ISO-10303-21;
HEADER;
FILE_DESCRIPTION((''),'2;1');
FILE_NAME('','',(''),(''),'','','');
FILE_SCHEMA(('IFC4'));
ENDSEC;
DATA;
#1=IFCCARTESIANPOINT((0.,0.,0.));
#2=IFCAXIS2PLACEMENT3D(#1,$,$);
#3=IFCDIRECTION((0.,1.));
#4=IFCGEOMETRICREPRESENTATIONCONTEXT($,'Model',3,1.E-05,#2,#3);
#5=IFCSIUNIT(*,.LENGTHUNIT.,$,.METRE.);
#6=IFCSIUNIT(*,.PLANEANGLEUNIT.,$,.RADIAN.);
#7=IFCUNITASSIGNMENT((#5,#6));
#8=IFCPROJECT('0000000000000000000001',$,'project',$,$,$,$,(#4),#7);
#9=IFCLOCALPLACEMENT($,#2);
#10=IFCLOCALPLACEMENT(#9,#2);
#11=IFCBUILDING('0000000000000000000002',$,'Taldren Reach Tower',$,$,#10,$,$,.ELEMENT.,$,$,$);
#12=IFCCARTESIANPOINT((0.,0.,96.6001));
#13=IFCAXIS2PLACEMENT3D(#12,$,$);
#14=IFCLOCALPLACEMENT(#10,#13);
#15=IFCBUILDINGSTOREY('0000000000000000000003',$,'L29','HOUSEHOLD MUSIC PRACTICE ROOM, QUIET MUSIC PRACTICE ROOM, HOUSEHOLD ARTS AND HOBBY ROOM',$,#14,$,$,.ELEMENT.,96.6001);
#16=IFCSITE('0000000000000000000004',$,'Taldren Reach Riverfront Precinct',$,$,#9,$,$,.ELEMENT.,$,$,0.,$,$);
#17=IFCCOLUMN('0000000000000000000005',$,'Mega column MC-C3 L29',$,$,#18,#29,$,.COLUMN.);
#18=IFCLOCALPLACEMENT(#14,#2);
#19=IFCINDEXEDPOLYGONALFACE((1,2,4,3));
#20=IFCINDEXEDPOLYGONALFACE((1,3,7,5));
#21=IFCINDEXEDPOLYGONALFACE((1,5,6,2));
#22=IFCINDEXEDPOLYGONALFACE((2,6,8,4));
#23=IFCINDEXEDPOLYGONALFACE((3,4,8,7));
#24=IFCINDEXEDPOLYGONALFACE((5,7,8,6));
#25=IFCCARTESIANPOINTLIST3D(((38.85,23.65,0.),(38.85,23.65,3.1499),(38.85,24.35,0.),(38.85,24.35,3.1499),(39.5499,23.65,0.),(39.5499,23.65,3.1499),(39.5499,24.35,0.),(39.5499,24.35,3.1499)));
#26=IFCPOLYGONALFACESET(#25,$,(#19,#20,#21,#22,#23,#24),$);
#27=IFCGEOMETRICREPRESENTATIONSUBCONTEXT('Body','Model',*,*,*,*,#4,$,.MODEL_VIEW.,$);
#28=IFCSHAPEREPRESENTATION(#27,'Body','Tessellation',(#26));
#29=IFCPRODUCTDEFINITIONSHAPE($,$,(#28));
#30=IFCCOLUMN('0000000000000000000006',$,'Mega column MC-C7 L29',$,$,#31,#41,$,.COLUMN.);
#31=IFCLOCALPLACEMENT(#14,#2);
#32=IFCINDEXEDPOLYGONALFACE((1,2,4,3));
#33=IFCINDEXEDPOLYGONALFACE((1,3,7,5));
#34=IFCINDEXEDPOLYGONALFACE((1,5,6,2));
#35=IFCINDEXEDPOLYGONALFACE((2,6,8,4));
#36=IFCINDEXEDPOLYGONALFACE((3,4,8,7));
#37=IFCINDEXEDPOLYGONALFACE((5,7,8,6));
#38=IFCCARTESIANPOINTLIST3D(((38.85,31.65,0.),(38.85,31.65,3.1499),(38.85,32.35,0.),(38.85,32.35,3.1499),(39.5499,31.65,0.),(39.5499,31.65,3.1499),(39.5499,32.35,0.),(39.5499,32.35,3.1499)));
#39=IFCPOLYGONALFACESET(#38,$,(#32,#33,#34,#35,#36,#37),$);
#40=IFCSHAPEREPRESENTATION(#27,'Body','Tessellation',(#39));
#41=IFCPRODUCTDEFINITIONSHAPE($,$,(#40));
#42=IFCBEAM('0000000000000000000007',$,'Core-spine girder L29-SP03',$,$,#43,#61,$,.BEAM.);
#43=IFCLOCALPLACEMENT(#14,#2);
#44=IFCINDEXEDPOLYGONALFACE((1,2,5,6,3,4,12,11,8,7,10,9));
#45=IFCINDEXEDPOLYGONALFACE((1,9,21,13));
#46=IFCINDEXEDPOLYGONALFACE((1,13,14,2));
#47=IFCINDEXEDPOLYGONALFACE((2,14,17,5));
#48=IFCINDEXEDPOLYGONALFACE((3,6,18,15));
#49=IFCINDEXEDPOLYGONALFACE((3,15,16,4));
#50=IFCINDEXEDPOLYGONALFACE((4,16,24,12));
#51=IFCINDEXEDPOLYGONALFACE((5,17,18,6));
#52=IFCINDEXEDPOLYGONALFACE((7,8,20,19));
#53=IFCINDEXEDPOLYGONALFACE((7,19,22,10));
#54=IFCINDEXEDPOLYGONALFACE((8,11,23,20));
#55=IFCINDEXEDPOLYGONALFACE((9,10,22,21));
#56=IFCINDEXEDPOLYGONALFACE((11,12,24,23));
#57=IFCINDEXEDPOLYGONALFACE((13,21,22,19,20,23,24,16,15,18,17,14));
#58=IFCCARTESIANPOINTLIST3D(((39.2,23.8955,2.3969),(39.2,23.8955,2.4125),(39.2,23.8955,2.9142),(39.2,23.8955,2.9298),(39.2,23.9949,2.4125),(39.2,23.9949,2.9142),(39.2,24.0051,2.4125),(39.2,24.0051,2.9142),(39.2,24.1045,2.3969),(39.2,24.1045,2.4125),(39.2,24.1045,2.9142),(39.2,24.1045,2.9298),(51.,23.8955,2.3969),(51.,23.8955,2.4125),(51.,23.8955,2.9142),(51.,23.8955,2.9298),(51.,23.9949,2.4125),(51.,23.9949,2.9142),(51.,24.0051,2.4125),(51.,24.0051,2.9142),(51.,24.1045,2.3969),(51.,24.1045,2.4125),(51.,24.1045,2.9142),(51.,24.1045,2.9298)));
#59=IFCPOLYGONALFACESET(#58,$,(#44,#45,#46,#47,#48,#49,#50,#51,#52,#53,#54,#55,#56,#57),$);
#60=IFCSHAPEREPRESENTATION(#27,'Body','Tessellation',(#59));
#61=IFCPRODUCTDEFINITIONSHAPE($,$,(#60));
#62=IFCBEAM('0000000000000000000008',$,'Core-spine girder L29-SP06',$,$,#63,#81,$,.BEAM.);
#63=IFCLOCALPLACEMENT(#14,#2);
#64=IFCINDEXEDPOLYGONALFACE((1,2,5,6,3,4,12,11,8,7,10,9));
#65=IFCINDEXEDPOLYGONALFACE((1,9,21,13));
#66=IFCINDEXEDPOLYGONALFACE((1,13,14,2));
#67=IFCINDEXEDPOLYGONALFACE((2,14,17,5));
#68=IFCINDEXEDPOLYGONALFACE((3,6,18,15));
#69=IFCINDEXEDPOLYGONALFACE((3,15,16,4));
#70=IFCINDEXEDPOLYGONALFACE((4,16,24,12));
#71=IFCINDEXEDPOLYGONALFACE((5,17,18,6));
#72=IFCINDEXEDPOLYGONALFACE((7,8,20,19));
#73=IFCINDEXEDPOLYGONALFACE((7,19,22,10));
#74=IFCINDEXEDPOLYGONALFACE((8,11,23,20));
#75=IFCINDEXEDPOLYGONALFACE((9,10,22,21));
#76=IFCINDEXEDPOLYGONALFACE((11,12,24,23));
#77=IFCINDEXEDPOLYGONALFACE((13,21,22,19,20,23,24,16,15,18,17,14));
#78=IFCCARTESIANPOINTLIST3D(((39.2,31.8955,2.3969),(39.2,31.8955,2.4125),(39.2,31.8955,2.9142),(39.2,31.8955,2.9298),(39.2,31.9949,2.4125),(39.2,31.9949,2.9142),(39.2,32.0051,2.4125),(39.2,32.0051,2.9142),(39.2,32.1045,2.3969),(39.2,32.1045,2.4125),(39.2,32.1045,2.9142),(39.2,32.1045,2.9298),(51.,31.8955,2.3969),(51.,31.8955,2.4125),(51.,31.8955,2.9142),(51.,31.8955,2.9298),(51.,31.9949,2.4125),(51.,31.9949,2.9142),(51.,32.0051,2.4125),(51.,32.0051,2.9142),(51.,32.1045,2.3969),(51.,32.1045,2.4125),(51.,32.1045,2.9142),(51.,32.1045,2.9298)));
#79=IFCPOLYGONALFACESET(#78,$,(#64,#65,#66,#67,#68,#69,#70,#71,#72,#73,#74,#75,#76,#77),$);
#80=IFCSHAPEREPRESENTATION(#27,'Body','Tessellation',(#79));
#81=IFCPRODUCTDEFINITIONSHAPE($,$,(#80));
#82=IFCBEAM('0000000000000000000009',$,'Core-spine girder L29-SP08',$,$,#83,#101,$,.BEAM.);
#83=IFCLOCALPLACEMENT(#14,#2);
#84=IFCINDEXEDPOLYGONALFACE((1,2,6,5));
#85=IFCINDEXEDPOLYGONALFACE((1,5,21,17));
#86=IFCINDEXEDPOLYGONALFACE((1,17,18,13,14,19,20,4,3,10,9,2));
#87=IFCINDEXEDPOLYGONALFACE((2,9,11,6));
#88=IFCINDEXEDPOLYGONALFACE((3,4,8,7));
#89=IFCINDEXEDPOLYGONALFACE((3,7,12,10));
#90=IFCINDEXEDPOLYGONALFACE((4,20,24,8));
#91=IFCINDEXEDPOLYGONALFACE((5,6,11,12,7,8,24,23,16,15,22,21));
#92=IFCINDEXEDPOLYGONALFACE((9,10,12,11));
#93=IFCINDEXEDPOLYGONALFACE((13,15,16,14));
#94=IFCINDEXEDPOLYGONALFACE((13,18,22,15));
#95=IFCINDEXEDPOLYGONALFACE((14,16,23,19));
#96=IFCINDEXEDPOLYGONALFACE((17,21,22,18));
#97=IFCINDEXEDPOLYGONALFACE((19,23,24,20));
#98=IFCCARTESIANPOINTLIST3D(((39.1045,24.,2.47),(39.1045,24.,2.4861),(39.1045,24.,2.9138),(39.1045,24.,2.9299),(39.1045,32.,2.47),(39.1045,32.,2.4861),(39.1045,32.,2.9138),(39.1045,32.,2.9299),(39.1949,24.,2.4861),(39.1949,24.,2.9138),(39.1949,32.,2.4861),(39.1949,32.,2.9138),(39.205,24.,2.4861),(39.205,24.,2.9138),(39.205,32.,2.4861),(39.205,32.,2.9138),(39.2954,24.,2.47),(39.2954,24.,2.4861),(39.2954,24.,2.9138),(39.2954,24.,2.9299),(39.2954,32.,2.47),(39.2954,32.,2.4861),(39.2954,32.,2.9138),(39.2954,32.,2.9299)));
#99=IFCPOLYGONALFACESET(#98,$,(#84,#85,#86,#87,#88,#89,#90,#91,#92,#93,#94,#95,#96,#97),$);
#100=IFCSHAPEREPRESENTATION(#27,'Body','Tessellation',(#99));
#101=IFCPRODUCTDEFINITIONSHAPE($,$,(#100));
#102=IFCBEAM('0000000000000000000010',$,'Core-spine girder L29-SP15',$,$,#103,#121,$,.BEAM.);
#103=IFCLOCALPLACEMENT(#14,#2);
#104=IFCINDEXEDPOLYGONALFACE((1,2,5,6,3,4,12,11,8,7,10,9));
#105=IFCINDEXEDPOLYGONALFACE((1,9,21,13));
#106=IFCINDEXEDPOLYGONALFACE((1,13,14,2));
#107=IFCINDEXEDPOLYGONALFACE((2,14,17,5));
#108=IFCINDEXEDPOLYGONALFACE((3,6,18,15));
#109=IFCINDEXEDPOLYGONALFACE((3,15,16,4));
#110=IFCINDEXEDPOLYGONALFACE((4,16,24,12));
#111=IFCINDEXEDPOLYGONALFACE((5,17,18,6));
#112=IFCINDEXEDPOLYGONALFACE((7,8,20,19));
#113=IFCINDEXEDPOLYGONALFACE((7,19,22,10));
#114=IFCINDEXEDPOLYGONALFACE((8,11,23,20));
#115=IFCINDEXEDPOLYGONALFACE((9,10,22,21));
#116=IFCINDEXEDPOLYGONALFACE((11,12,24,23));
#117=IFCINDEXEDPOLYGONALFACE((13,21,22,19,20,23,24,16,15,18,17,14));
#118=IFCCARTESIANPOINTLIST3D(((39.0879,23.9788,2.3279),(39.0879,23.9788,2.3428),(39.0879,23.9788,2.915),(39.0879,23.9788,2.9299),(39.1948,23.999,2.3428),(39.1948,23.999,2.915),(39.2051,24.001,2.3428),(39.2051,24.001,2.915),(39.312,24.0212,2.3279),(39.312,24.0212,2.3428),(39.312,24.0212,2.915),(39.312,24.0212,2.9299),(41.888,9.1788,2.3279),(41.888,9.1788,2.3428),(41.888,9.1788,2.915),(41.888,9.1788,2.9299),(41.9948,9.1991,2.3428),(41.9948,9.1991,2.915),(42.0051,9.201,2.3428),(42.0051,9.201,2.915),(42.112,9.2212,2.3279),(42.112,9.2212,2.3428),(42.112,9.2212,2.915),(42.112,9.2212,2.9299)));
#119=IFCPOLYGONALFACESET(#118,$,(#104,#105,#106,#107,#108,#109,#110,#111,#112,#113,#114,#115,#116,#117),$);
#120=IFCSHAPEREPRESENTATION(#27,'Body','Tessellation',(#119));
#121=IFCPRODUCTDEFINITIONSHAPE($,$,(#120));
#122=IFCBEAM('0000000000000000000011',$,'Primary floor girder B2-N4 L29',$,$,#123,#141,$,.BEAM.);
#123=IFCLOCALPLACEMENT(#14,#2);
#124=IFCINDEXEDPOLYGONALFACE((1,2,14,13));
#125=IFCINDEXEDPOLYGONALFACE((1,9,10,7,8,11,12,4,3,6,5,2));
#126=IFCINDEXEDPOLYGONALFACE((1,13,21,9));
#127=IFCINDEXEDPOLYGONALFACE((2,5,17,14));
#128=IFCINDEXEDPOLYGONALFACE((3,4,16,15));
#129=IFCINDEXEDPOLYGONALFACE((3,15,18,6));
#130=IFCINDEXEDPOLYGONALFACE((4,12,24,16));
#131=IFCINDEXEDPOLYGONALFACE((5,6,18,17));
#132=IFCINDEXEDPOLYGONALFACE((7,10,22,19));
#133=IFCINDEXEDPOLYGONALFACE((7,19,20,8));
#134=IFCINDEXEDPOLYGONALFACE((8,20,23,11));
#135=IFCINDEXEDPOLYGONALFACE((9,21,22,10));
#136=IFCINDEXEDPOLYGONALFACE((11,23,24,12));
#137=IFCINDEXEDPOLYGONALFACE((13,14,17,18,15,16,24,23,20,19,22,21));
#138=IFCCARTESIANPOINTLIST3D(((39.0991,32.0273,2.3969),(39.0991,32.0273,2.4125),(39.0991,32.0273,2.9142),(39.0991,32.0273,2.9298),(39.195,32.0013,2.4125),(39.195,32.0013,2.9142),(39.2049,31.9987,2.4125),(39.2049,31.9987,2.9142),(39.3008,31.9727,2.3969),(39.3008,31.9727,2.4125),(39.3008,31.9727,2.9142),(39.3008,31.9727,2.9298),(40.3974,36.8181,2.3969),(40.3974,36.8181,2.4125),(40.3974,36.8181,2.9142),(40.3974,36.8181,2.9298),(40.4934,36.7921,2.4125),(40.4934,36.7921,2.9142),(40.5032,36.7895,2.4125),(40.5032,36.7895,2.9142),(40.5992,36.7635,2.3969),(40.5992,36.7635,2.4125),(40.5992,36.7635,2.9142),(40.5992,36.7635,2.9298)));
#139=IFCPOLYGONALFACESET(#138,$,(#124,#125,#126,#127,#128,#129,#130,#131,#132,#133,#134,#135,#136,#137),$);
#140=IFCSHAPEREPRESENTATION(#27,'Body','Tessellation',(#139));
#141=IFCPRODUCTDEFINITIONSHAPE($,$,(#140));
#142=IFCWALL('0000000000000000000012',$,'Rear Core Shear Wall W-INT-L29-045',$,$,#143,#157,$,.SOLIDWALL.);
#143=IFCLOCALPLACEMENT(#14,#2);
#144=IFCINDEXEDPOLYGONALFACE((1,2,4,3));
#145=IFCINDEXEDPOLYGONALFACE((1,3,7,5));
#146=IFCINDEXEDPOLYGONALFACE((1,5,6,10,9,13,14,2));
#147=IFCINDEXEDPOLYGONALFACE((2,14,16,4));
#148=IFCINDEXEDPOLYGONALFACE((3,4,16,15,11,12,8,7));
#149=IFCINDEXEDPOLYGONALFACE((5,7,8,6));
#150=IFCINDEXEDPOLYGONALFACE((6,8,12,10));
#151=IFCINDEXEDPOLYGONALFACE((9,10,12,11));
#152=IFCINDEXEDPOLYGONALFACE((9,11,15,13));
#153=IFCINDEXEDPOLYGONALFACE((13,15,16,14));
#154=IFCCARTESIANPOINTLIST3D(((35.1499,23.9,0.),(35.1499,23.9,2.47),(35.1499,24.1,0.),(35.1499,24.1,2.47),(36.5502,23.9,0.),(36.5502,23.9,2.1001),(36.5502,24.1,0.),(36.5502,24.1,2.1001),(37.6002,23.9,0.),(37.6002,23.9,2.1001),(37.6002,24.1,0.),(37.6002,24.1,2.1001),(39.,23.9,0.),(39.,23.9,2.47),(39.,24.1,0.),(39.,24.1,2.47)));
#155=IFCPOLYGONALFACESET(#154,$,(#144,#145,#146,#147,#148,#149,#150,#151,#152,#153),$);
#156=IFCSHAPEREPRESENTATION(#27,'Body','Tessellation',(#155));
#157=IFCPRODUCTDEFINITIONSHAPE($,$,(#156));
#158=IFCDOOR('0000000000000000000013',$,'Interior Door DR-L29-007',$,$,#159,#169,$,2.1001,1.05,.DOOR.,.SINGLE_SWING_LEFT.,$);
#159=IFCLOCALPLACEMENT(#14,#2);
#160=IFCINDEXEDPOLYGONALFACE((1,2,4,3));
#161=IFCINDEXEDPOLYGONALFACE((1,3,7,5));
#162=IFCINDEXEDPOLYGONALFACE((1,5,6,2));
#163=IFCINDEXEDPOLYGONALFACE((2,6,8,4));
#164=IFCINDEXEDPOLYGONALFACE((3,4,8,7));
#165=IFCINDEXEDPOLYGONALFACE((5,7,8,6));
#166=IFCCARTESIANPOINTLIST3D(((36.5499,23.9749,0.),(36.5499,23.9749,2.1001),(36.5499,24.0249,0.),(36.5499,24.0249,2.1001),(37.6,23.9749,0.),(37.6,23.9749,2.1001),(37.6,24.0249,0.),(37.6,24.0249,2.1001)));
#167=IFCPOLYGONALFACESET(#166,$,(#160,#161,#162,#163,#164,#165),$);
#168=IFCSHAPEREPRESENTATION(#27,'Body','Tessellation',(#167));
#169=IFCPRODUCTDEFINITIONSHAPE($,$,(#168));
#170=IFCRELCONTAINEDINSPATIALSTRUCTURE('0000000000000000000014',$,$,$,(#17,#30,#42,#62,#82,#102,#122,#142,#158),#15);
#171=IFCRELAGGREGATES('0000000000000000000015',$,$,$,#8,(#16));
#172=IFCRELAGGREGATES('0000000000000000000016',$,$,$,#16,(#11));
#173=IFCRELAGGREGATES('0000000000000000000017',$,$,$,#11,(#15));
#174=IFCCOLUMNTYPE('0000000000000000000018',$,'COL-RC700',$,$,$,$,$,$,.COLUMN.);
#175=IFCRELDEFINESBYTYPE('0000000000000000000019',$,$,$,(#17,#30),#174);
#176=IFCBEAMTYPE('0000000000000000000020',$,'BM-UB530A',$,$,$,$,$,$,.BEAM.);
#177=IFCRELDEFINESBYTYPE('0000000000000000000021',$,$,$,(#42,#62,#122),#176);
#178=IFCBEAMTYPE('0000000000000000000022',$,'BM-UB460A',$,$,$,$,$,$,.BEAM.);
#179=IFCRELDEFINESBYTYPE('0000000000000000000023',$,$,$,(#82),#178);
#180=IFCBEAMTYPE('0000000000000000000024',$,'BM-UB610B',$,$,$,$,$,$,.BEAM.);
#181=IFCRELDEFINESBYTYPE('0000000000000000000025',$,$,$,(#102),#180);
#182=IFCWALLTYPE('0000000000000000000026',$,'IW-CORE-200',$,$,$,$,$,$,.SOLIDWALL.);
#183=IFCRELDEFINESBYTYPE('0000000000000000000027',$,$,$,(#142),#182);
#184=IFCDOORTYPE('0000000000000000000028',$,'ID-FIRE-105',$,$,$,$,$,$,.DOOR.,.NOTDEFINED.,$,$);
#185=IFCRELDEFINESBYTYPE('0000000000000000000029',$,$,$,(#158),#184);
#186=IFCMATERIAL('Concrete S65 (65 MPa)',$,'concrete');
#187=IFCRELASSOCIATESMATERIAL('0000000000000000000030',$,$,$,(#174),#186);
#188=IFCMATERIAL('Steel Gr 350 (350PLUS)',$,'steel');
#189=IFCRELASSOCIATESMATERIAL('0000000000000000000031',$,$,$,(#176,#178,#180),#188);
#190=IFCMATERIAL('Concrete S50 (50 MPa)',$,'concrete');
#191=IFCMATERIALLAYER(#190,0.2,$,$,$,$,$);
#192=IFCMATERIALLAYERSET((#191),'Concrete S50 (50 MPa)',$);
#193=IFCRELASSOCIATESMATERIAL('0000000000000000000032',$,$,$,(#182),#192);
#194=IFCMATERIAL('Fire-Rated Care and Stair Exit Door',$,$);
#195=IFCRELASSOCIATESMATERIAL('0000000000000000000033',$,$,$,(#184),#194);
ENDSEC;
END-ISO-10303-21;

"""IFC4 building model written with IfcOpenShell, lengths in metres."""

from ifc_helpers import new_model, si_unit, direction, frame, frame_2d, origin, origin_2d, place, context, subcontext, project, spatial, rectangle, i_section, extrude, source, transform, mapped, material, layer, layer_set, material_profile, profile_set, type_object, element, fill, save


model = new_model("IFC4")

# Units and contexts
model_context = context("Model", 3, precision=1e-05, world=origin(), true_north=direction((0.0, 1.0)))
body_context = subcontext(model_context, "Body", "Model", "MODEL_VIEW")
ifc_project = project(units=[si_unit("LENGTHUNIT", "METRE"), si_unit("PLANEANGLEUNIT", "RADIAN")], contexts=[model_context])

# Site, building, storey
site_placement = place(None, origin())
site = spatial("IfcSite", under=ifc_project, at=site_placement, Name="Taldren Reach Riverfront Precinct", CompositionType="ELEMENT", RefElevation=0.0)
building_placement = place(site_placement, origin())
building = spatial("IfcBuilding", under=site, at=building_placement, Name="Taldren Reach Tower", CompositionType="ELEMENT")
storey_placement = place(building_placement, frame((0.0, 0.0, 96.6001)))
storey = spatial("IfcBuildingStorey", under=building, at=storey_placement, Name="L29", Description="HOUSEHOLD MUSIC PRACTICE ROOM, QUIET MUSIC PRACTICE ROOM, HOUSEHOLD ARTS AND HOBBY ROOM", CompositionType="ELEMENT", Elevation=96.6001)

# Columns
ifc_material_1 = material(Name="Concrete S65 (65 MPa)", Category="concrete")
ifc_material_profile_1 = material_profile(ifc_material_1, rectangle(XDim=0.7, YDim=0.7, at=origin_2d()), Name="RC-700x700")
ifc_profile_set_1 = profile_set([ifc_material_profile_1], Name="Concrete S65 (65 MPa)")
column_type = type_object("IfcColumnType", Name="COL-RC700", PredefinedType="COLUMN", material=ifc_profile_set_1)
shared_shape_1 = source(origin(), body_context, "Body", "SweptSolid", [
    extrude(rectangle(XDim=0.7, YDim=0.7, at=origin_2d()), origin(), (0.0, 0.0, 1.0), 3.1499),
])
for number, where, z_axis, x_axis, name in (
    (1, (39.2, 24.0, 0.0), (0.0, 0.0, 1.0), (1.0, 0.0, 0.0), "Mega column MC-C3 L29"),
    (2, (39.2, 32.0, 0.0), (0.0, 0.0, 1.0), (1.0, 0.0, 0.0), "Mega column MC-C7 L29"),
):
    element("IfcColumn", number, at=place(storey_placement, frame(where, z_axis=z_axis, x_axis=x_axis)), inside=storey, type_object=column_type, Name=name, PredefinedType="COLUMN", context=body_context, shape_type="MappedRepresentation", body=[
        mapped(shared_shape_1, transform((0.0, 0.0, 0.0), scale=1.0)),
    ])

# Beams
ifc_material_2 = material(Name="Steel Gr 350 (350PLUS)", Category="steel")
ifc_material_profile_2 = material_profile(ifc_material_2, i_section(OverallWidth=0.209, OverallDepth=0.533, WebThickness=0.0103, FlangeThickness=0.0156, at=origin_2d()), Name="530UB92.4")
ifc_profile_set_2 = profile_set([ifc_material_profile_2], Name="Steel Gr 350 (350PLUS)")
beam_type_1 = type_object("IfcBeamType", Name="BM-UB530A", PredefinedType="BEAM", material=ifc_profile_set_2)
shared_shape_2 = source(origin(), body_context, "Body", "SweptSolid", [
    extrude(i_section(OverallWidth=0.209, OverallDepth=0.533, WebThickness=0.0103, FlangeThickness=0.0156, at=origin_2d()), origin(), (0.0, 0.0, 1.0), 11.8),
])
for number, where, z_axis, x_axis, name in (
    (3, (39.2, 24.0, 2.6633), (1.0, 0.0, 0.0), (0.0, 1.0, 0.0), "Core-spine girder L29-SP03"),
    (4, (39.2, 32.0, 2.6633), (1.0, 0.0, 0.0), (0.0, 1.0, 0.0), "Core-spine girder L29-SP06"),
):
    element("IfcBeam", number, at=place(storey_placement, frame(where, z_axis=z_axis, x_axis=x_axis)), inside=storey, type_object=beam_type_1, Name=name, PredefinedType="BEAM", context=body_context, shape_type="MappedRepresentation", body=[
        mapped(shared_shape_2, transform((0.0, 0.0, 0.0), scale=1.0)),
    ])
ifc_material_profile_3 = material_profile(ifc_material_2, i_section(OverallWidth=0.1909, OverallDepth=0.46, WebThickness=0.01, FlangeThickness=0.0161, at=origin_2d()), Name="460UB82.1")
ifc_profile_set_3 = profile_set([ifc_material_profile_3], Name="Steel Gr 350 (350PLUS)")
beam_type_2 = type_object("IfcBeamType", Name="BM-UB460A", PredefinedType="BEAM", material=ifc_profile_set_3)
shared_shape_3 = source(origin(), body_context, "Body", "SweptSolid", [
    extrude(i_section(OverallWidth=0.1909, OverallDepth=0.46, WebThickness=0.01, FlangeThickness=0.0161, at=origin_2d()), origin(), (0.0, 0.0, 1.0), 8.0),
])
beam_1_placement = place(storey_placement, frame((39.2, 24.0, 2.7), z_axis=(0.0, 1.0, 0.0), x_axis=(-1.0, 0.0, 0.0)))
element("IfcBeam", 5, at=beam_1_placement, inside=storey, type_object=beam_type_2, Name="Core-spine girder L29-SP08", PredefinedType="BEAM", context=body_context, shape_type="MappedRepresentation", body=[
    mapped(shared_shape_3, transform((0.0, 0.0, 0.0), scale=1.0)),
])
ifc_material_profile_4 = material_profile(ifc_material_2, i_section(OverallWidth=0.228, OverallDepth=0.6021, WebThickness=0.0105, FlangeThickness=0.0149, at=origin_2d()), Name="610UB101")
ifc_profile_set_4 = profile_set([ifc_material_profile_4], Name="Steel Gr 350 (350PLUS)")
beam_type_3 = type_object("IfcBeamType", Name="BM-UB610B", PredefinedType="BEAM", material=ifc_profile_set_4)
shared_shape_4 = source(origin(), body_context, "Body", "SweptSolid", [
    extrude(i_section(OverallWidth=0.228, OverallDepth=0.6021, WebThickness=0.0105, FlangeThickness=0.0149, at=origin_2d()), origin(), (0.0, 0.0, 1.0), 15.0625),
])
beam_2_placement = place(storey_placement, frame((39.2, 24.0, 2.6289), z_axis=(0.185894, -0.98257, 0.0), x_axis=(0.98257, 0.185894, 0.0)))
element("IfcBeam", 6, at=beam_2_placement, inside=storey, type_object=beam_type_3, Name="Core-spine girder L29-SP15", PredefinedType="BEAM", context=body_context, shape_type="MappedRepresentation", body=[
    mapped(shared_shape_4, transform((0.0, 0.0, 0.0), scale=1.0)),
])
shared_shape_5 = source(origin(), body_context, "Body", "SweptSolid", [
    extrude(i_section(OverallWidth=0.209, OverallDepth=0.533, WebThickness=0.0103, FlangeThickness=0.0156, at=origin_2d()), origin(), (0.0, 0.0, 1.0), 4.9636),
])
beam_3_placement = place(storey_placement, frame((39.2, 32.0, 2.6633), z_axis=(0.261573, 0.965184, 0.0), x_axis=(-0.965184, 0.261573, 0.0)))
element("IfcBeam", 7, at=beam_3_placement, inside=storey, type_object=beam_type_1, Name="Primary floor girder B2-N4 L29", PredefinedType="BEAM", context=body_context, shape_type="MappedRepresentation", body=[
    mapped(shared_shape_5, transform((0.0, 0.0, 0.0), scale=1.0)),
])

# Wall, opening, door
ifc_material_3 = material(Name="Concrete S50 (50 MPa)", Category="concrete")
ifc_layer_1 = layer(ifc_material_3, 0.2)
ifc_layer_set_1 = layer_set([ifc_layer_1], Name="Concrete S50 (50 MPa)")
wall_type_1 = type_object("IfcWallType", Name="IW-CORE-200", PredefinedType="SOLIDWALL", material=ifc_layer_set_1)
shared_shape_6 = source(origin(), body_context, "Body", "SweptSolid", [
    extrude(rectangle(XDim=3.8501, YDim=0.2, at=frame_2d((1.925, 0.0))), origin(), (0.0, 0.0, 1.0), 2.47),
])
wall_1_placement = place(storey_placement, frame((39.0, 24.0, 0.0), z_axis=(0.0, 0.0, 1.0), x_axis=(-1.0, 0.0, 0.0)))
wall_1 = element("IfcWall", 8, at=wall_1_placement, inside=storey, type_object=wall_type_1, Name="Rear Core Shear Wall W-INT-L29-045", PredefinedType="SOLIDWALL", context=body_context, shape_type="MappedRepresentation", body=[
    mapped(shared_shape_6, transform((0.0, 0.0, 0.0), scale=1.0)),
])
shared_shape_7 = source(origin(), body_context, "Body", "SweptSolid", [
    extrude(rectangle(XDim=1.05, YDim=2.1001, at=frame_2d((0.5249, 1.05))), frame((0.0, 0.1099, 0.0), z_axis=(0.0, -1.0, 0.0), x_axis=(1.0, 0.0, 0.0)), (0.0, 0.0, 1.0), 0.22),
])
opening_placement = place(wall_1_placement, frame((1.3999, 0.0, 0.0)))
opening = element("IfcOpeningElement", 9, at=opening_placement, cuts=wall_1, PredefinedType="OPENING", context=body_context, shape_type="MappedRepresentation", body=[
    mapped(shared_shape_7, transform((0.0, 0.0, 0.0), scale=1.0)),
])
ifc_material_4 = material(Name="Fire-Rated Care and Stair Exit Door")
door_type = type_object("IfcDoorType", Name="ID-FIRE-105", OperationType="NOTDEFINED", PredefinedType="DOOR", material=ifc_material_4)
shared_shape_8 = source(origin(), body_context, "Body", "SweptSolid", [
    extrude(rectangle(XDim=1.05, YDim=2.1001, at=frame_2d((0.5249, 1.05))), frame((0.0, 0.0249, 0.0), z_axis=(0.0, -1.0, 0.0), x_axis=(1.0, 0.0, 0.0)), (0.0, 0.0, 1.0), 0.05),
])
door_placement = place(opening_placement, frame((1.05, 0.0, 0.0), z_axis=(0.0, 0.0, 1.0), x_axis=(-1.0, 0.0, 0.0)))
door = element("IfcDoor", 10, at=door_placement, inside=storey, type_object=door_type, Name="Interior Door DR-L29-007", OperationType="SINGLE_SWING_LEFT", OverallHeight=2.1001, OverallWidth=1.05, PredefinedType="DOOR", context=body_context, shape_type="MappedRepresentation", body=[
    mapped(shared_shape_8, transform((0.0, 0.0, 0.0), scale=1.0)),
])
fill(opening, door)

save(model, "model.ifc")
